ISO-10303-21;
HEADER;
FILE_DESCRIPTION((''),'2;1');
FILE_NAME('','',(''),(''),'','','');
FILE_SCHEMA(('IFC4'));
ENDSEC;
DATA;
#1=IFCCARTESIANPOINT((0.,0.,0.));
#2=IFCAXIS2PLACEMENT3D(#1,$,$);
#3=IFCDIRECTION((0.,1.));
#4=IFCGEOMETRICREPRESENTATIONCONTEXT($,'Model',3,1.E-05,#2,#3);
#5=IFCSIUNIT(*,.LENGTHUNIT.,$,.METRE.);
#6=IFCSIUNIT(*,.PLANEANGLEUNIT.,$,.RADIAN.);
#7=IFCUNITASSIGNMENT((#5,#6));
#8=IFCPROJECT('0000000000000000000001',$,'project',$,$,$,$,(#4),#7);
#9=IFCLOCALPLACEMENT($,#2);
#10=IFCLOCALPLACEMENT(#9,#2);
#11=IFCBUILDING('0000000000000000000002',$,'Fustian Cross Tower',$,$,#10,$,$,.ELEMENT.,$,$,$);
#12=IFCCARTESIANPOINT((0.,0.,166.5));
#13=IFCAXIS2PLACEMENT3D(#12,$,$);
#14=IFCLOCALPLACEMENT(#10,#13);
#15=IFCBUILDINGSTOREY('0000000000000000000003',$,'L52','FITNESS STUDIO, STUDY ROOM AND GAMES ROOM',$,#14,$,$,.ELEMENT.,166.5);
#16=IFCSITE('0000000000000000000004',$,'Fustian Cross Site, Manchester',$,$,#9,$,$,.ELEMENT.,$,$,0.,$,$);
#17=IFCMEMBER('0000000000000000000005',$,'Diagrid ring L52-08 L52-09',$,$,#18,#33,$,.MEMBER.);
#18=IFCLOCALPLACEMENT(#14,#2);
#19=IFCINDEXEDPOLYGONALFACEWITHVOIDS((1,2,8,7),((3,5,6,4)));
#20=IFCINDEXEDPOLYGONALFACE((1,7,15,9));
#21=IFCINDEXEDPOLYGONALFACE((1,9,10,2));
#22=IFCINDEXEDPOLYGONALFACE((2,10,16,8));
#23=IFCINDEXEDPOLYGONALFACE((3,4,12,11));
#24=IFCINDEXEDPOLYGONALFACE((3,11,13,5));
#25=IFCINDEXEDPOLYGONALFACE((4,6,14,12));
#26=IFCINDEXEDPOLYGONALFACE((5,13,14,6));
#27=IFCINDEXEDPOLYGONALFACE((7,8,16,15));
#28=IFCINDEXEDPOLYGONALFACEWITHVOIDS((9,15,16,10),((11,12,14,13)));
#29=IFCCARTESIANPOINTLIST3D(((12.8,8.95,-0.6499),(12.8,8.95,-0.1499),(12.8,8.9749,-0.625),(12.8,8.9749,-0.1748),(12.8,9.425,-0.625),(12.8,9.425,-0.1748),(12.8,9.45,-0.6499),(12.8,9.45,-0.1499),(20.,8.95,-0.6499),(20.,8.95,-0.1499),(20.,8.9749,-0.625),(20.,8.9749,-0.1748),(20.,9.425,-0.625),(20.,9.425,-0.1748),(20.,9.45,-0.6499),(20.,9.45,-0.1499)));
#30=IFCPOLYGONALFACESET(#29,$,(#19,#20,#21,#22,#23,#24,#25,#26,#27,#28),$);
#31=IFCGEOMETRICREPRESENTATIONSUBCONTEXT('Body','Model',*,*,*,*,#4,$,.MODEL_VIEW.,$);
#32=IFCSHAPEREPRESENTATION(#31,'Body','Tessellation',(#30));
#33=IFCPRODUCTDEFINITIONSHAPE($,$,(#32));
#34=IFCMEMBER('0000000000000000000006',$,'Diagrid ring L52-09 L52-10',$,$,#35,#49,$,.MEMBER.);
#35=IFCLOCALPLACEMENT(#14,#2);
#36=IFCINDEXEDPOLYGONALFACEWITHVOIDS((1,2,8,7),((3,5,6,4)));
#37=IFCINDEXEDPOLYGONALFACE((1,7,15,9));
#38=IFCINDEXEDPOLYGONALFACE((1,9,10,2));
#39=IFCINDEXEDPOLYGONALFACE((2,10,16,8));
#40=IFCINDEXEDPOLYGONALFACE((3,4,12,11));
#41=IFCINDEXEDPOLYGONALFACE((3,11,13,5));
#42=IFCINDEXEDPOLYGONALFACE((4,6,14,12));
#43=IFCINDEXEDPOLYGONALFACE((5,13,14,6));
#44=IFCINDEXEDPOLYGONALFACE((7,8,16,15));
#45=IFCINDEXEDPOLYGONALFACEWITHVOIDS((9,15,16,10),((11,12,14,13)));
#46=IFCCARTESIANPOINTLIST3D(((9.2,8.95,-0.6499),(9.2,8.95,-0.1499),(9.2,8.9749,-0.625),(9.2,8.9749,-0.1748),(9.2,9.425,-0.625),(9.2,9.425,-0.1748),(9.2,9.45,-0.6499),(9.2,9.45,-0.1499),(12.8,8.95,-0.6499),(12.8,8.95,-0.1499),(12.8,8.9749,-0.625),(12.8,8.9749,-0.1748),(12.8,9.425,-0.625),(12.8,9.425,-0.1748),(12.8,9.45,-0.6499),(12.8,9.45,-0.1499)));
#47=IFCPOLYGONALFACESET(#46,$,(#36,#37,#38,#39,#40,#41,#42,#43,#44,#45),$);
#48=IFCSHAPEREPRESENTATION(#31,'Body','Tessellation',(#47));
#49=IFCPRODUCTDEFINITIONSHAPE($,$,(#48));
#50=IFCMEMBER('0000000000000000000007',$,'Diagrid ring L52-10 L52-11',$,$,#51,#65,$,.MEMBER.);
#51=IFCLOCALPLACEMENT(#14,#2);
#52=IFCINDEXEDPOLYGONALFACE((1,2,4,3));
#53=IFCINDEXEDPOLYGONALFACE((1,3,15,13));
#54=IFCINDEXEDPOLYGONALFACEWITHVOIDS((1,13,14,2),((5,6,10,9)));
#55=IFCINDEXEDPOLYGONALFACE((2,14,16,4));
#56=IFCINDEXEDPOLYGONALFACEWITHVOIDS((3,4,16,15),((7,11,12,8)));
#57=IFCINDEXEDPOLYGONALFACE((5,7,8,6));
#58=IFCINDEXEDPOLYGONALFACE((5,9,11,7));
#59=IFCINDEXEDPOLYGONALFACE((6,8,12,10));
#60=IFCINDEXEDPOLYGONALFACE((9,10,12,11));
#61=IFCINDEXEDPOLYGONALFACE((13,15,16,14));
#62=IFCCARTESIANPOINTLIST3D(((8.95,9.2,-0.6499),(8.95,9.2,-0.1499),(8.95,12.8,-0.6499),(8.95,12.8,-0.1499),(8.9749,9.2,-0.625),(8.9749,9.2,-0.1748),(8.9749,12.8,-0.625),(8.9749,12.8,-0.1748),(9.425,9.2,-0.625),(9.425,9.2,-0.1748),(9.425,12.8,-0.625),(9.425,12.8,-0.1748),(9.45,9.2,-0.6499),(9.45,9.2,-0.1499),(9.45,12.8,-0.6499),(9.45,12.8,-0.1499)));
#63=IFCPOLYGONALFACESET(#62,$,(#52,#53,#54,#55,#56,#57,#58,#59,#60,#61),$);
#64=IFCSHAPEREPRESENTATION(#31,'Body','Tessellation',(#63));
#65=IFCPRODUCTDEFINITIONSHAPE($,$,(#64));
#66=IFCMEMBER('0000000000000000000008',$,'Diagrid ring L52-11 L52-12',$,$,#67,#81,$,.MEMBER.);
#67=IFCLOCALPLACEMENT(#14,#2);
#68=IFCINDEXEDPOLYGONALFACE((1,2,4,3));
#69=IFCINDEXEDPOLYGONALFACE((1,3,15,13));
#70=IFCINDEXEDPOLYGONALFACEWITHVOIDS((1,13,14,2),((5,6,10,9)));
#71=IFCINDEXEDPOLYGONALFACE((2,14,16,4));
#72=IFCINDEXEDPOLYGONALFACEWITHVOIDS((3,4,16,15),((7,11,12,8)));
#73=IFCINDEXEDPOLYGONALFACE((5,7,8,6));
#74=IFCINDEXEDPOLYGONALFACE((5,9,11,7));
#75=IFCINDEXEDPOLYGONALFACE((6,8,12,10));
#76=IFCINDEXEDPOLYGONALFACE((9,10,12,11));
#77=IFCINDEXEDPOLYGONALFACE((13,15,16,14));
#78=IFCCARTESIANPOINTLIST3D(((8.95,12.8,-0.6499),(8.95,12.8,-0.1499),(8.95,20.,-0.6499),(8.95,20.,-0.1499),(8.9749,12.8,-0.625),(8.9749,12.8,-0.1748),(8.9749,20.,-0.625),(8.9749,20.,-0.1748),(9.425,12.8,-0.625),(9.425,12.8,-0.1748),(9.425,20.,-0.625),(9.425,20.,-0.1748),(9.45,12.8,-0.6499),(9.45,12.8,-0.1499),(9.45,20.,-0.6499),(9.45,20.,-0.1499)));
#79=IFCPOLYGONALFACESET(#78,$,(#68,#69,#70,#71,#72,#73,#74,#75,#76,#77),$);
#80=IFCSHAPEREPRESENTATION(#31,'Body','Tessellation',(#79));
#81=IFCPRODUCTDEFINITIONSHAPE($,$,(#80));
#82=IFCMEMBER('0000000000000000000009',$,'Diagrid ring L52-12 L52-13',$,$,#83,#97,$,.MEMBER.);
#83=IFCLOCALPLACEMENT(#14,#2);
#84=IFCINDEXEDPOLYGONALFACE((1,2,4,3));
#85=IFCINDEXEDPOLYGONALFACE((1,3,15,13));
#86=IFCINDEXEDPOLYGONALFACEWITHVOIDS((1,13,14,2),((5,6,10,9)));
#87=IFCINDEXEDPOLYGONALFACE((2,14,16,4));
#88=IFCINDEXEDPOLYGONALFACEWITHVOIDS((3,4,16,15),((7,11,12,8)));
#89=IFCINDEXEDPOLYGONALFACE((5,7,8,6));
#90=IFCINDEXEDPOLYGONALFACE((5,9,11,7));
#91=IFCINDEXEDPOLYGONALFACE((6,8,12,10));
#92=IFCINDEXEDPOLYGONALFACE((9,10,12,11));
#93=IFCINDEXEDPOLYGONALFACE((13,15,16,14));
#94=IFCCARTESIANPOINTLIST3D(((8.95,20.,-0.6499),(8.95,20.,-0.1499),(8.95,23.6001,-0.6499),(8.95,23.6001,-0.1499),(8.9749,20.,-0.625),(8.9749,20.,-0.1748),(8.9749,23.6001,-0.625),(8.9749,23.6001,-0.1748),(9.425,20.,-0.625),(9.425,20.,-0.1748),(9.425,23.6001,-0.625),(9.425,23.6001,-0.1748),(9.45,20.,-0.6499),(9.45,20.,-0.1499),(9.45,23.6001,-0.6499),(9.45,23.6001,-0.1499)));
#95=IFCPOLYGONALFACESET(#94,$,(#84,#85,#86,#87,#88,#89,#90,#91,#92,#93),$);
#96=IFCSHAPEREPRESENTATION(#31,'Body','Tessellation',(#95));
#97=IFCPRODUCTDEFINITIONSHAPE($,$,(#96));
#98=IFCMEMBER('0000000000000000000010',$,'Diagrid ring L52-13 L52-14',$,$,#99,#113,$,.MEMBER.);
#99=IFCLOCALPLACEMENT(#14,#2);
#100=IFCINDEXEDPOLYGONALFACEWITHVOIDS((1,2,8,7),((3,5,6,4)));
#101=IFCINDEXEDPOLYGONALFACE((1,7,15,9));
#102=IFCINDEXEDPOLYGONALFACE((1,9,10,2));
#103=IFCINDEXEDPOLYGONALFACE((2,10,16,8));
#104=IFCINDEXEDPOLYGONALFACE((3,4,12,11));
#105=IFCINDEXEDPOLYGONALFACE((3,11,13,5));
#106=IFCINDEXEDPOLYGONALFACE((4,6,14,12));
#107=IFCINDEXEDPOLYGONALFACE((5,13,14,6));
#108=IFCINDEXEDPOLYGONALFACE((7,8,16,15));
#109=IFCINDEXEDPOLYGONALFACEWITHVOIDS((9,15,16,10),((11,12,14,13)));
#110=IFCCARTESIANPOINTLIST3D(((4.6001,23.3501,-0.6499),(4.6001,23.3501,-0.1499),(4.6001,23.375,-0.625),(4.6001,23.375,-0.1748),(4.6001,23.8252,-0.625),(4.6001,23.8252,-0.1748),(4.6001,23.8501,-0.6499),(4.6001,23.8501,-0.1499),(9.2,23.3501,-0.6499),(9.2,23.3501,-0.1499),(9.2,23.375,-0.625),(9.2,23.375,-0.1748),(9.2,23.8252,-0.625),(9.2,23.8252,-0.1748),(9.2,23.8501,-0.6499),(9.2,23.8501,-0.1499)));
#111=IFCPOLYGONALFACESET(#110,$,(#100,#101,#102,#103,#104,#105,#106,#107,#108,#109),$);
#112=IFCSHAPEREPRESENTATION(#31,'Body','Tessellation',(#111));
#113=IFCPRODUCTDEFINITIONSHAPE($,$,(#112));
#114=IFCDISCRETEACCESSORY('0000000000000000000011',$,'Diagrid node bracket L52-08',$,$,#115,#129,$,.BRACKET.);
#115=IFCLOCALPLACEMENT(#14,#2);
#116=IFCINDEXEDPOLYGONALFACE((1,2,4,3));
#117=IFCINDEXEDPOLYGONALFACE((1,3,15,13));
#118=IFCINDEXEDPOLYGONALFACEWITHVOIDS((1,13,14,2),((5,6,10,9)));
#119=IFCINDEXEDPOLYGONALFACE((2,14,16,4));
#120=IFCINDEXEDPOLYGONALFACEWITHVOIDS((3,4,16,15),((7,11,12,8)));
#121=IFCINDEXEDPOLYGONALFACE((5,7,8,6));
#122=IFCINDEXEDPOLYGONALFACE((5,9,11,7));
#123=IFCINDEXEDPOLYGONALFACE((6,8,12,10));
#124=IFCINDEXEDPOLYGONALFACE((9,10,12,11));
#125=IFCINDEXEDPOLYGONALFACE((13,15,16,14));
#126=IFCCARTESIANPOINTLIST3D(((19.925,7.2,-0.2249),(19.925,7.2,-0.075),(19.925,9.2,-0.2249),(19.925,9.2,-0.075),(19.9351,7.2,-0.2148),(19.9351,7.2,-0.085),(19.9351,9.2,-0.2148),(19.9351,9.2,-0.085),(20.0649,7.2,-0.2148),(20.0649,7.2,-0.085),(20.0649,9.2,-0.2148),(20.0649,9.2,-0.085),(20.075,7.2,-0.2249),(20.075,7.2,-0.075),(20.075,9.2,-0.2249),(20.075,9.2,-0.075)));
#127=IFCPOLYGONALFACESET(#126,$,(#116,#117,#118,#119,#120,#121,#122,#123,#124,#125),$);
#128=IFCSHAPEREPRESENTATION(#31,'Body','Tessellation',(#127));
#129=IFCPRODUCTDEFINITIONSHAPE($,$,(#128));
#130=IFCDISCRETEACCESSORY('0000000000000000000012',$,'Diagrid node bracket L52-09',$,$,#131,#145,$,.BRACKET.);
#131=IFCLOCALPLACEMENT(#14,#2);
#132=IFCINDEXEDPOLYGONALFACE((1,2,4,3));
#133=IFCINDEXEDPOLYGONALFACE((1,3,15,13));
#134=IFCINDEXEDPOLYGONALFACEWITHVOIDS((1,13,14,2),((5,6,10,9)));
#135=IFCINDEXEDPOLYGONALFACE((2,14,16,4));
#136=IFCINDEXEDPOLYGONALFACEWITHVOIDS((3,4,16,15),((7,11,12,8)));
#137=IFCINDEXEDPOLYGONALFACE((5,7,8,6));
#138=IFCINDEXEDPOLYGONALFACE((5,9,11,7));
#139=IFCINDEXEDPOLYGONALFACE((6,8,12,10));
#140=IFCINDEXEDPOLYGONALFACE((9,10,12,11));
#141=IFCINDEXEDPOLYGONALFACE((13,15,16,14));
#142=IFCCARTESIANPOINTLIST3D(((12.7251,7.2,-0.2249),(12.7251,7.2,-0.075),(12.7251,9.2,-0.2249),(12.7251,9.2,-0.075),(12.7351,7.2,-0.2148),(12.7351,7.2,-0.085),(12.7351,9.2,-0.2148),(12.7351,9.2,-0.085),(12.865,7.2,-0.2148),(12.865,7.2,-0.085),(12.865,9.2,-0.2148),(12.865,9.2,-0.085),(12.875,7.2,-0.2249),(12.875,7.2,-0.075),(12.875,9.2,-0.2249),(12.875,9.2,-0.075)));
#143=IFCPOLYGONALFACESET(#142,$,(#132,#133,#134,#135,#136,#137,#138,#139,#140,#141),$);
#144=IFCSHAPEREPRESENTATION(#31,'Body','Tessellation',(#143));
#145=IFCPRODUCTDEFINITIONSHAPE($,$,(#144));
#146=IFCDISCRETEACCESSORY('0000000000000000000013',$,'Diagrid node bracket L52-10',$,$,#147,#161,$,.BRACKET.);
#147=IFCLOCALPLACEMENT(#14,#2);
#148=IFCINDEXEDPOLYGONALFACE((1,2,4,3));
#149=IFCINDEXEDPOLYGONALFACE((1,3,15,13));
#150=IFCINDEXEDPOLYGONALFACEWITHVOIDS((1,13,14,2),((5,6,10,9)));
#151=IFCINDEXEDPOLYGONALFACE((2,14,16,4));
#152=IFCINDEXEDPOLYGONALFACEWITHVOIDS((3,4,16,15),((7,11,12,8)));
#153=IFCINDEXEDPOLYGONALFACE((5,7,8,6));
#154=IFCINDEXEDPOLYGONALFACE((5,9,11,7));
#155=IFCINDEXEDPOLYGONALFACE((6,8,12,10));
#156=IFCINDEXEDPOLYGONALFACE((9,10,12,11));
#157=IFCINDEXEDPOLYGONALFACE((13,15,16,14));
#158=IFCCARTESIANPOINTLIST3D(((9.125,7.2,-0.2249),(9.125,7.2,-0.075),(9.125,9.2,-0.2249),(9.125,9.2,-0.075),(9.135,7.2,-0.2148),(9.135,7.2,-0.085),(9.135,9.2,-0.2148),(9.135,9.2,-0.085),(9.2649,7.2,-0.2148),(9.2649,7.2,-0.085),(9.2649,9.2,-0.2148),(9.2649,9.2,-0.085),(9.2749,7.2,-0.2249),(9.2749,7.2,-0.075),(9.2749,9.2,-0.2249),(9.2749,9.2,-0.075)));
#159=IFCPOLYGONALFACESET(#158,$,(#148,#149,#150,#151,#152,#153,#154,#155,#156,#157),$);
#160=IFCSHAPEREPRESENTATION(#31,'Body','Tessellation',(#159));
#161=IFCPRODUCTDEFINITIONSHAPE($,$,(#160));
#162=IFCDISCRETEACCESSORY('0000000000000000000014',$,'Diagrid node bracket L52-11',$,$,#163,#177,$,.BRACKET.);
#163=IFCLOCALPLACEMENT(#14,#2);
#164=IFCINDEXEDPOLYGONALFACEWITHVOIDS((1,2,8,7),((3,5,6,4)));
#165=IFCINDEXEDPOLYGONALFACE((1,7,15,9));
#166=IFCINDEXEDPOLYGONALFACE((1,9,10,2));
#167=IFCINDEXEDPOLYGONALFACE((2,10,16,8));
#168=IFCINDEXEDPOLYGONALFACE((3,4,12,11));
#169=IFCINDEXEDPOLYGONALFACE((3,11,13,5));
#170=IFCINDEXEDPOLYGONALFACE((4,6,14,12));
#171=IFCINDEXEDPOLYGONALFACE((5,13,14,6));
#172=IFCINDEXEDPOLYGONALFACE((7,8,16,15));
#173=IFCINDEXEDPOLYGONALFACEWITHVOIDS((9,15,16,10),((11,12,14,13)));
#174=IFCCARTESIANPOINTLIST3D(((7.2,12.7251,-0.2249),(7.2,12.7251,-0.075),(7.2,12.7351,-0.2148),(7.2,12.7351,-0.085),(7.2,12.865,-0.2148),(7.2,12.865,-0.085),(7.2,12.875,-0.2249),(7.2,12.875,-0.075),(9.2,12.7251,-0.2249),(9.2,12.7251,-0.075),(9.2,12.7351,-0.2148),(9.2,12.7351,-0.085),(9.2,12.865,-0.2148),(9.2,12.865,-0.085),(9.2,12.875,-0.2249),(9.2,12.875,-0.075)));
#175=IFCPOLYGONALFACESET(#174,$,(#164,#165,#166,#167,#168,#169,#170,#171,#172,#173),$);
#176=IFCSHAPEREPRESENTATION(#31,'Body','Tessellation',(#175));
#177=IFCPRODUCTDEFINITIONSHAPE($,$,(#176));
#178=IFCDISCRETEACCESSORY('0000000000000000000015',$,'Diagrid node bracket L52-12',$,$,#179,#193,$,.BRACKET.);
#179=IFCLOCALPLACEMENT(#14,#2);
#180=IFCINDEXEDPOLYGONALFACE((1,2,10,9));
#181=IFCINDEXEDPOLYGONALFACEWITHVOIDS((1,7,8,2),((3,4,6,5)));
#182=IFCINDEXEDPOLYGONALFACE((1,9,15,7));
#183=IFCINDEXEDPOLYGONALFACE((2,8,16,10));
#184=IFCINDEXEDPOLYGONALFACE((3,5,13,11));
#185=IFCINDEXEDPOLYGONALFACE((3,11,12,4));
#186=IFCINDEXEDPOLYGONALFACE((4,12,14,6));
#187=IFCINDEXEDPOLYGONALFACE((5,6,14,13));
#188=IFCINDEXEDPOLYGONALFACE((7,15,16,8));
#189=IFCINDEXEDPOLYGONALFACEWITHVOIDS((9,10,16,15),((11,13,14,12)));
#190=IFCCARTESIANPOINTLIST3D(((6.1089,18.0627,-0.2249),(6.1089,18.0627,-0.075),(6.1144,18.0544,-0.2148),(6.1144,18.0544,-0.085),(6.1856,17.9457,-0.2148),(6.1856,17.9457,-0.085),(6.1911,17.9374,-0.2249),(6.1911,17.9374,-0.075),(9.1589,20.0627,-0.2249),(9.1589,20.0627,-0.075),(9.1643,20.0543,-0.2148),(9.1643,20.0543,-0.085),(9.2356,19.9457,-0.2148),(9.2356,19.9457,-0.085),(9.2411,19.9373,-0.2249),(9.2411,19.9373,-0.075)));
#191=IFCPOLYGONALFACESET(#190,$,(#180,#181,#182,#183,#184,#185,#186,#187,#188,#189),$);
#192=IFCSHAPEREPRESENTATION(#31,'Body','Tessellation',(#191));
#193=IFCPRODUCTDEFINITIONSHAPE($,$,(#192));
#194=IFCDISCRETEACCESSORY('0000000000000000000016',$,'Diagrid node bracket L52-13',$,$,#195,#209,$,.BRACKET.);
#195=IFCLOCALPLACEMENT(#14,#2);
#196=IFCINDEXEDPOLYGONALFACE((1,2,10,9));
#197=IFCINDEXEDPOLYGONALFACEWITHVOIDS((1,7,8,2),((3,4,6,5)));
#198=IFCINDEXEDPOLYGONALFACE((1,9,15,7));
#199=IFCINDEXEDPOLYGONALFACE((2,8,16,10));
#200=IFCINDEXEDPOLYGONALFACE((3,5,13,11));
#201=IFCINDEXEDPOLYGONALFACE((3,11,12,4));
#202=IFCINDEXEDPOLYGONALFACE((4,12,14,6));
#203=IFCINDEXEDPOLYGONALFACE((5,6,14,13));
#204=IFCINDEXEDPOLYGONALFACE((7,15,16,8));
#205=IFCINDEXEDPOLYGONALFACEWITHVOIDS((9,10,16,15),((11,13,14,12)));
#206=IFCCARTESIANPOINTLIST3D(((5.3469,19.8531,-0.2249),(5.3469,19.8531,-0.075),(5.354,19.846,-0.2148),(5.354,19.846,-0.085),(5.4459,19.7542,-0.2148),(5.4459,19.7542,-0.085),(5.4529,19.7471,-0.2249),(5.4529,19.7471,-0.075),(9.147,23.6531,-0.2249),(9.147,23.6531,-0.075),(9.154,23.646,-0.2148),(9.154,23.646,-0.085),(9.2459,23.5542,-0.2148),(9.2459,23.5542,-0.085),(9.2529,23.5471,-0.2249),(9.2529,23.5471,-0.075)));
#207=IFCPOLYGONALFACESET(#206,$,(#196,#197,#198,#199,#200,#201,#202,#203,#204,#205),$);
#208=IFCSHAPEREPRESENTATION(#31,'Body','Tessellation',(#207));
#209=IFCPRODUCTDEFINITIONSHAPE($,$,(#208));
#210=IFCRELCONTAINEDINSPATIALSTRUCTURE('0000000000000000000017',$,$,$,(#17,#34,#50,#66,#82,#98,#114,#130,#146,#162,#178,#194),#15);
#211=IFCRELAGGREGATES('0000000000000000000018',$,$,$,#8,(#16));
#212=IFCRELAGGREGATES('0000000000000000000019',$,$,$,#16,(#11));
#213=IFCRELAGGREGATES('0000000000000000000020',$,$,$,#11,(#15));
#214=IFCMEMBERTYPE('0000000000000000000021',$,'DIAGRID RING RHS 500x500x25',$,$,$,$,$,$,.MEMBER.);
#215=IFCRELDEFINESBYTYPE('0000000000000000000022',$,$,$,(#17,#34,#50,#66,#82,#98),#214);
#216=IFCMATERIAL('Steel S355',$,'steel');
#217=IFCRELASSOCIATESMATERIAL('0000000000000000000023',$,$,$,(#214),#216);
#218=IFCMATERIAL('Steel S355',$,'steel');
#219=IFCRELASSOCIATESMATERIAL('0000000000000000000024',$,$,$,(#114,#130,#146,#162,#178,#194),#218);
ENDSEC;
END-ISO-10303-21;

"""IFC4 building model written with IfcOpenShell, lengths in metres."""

from ifc_helpers import new_model, si_unit, direction, frame, origin, origin_2d, place, context, subcontext, project, spatial, hollow_rectangle, extrude, material, material_profile, profile_set, type_object, element, save


model = new_model("IFC4")

# Units and contexts
model_context = context("Model", 3, precision=1e-05, world=origin(), true_north=direction((0.0, 1.0)))
body_context = subcontext(model_context, "Body", "Model", "MODEL_VIEW")
ifc_project = project(units=[si_unit("LENGTHUNIT", "METRE"), si_unit("PLANEANGLEUNIT", "RADIAN")], contexts=[model_context])

# Site, building, storey
site_placement = place(None, origin())
site = spatial("IfcSite", under=ifc_project, at=site_placement, Name="Fustian Cross Site, Manchester", CompositionType="ELEMENT", RefElevation=0.0)
building_placement = place(site_placement, origin())
building = spatial("IfcBuilding", under=site, at=building_placement, Name="Fustian Cross Tower", CompositionType="ELEMENT")
storey_placement = place(building_placement, frame((0.0, 0.0, 166.5)))
storey = spatial("IfcBuildingStorey", under=building, at=storey_placement, Name="L52", Description="FITNESS STUDIO, STUDY ROOM AND GAMES ROOM", CompositionType="ELEMENT", Elevation=166.5)

# Members
ifc_material_1 = material(Name="Steel S355", Category="steel")
ifc_material_profile_1 = material_profile(ifc_material_1, hollow_rectangle(XDim=0.5, YDim=0.5, WallThickness=0.0249, at=origin_2d()), Name="RHS 500x500x25")
ifc_profile_set_1 = profile_set([ifc_material_profile_1], Name="Steel S355")
member_type_1 = type_object("IfcMemberType", Name="DIAGRID RING RHS 500x500x25", PredefinedType="MEMBER", material=ifc_profile_set_1)
member_1_placement = place(storey_placement, frame((20.0, 9.2, -0.3999), z_axis=(-1.0, 0.0, 0.0), x_axis=(0.0, -1.0, 0.0)))
element("IfcMember", 1, at=member_1_placement, inside=storey, type_object=member_type_1, Name="Diagrid ring L52-08 L52-09", PredefinedType="MEMBER", context=body_context, shape_type="SweptSolid", body=[
    extrude(hollow_rectangle(XDim=0.5, YDim=0.5, WallThickness=0.0249, at=origin_2d()), origin(), (0.0, 0.0, 1.0), 7.2),
])
for number, where, z_axis, x_axis, name in (
    (2, (12.8, 9.2, -0.3999), (-1.0, 0.0, 0.0), (0.0, -1.0, 0.0), "Diagrid ring L52-09 L52-10"),
    (3, (9.2, 9.2, -0.3999), (0.0, 1.0, 0.0), (-1.0, 0.0, 0.0), "Diagrid ring L52-10 L52-11"),
):
    element("IfcMember", number, at=place(storey_placement, frame(where, z_axis=z_axis, x_axis=x_axis)), inside=storey, type_object=member_type_1, Name=name, PredefinedType="MEMBER", context=body_context, shape_type="SweptSolid", body=[
        extrude(hollow_rectangle(XDim=0.5, YDim=0.5, WallThickness=0.0249, at=origin_2d()), origin(), (0.0, 0.0, 1.0), 3.6001),
    ])
member_2_placement = place(storey_placement, frame((9.2, 12.8, -0.3999), z_axis=(0.0, 1.0, 0.0), x_axis=(-1.0, 0.0, 0.0)))
element("IfcMember", 4, at=member_2_placement, inside=storey, type_object=member_type_1, Name="Diagrid ring L52-11 L52-12", PredefinedType="MEMBER", context=body_context, shape_type="SweptSolid", body=[
    extrude(hollow_rectangle(XDim=0.5, YDim=0.5, WallThickness=0.0249, at=origin_2d()), origin(), (0.0, 0.0, 1.0), 7.2),
])
member_3_placement = place(storey_placement, frame((9.2, 20.0, -0.3999), z_axis=(0.0, 1.0, 0.0), x_axis=(-1.0, 0.0, 0.0)))
element("IfcMember", 5, at=member_3_placement, inside=storey, type_object=member_type_1, Name="Diagrid ring L52-12 L52-13", PredefinedType="MEMBER", context=body_context, shape_type="SweptSolid", body=[
    extrude(hollow_rectangle(XDim=0.5, YDim=0.5, WallThickness=0.0249, at=origin_2d()), origin(), (0.0, 0.0, 1.0), 3.6001),
])
member_4_placement = place(storey_placement, frame((9.2, 23.6001, -0.3999), z_axis=(-1.0, 0.0, 0.0), x_axis=(0.0, -1.0, 0.0)))
element("IfcMember", 6, at=member_4_placement, inside=storey, type_object=member_type_1, Name="Diagrid ring L52-13 L52-14", PredefinedType="MEMBER", context=body_context, shape_type="SweptSolid", body=[
    extrude(hollow_rectangle(XDim=0.5, YDim=0.5, WallThickness=0.0249, at=origin_2d()), origin(), (0.0, 0.0, 1.0), 4.5999),
])

# Discrete accessories
ifc_material_2 = material(Name="Steel S355", Category="steel")
for number, where, z_axis, x_axis, name in (
    (7, (20.0, 9.2, -0.1499), (0.0, -1.0, 0.0), (1.0, 0.0, 0.0), "Diagrid node bracket L52-08"),
    (8, (12.8, 9.2, -0.1499), (0.0, -1.0, 0.0), (1.0, 0.0, 0.0), "Diagrid node bracket L52-09"),
    (9, (9.2, 9.2, -0.1499), (0.0, -1.0, 0.0), (1.0, 0.0, 0.0), "Diagrid node bracket L52-10"),
    (10, (9.2, 12.8, -0.1499), (-1.0, 0.0, 0.0), (0.0, -1.0, 0.0), "Diagrid node bracket L52-11"),
):
    element("IfcDiscreteAccessory", number, at=place(storey_placement, frame(where, z_axis=z_axis, x_axis=x_axis)), inside=storey, material=ifc_material_2, Name=name, PredefinedType="BRACKET", context=body_context, shape_type="SweptSolid", body=[
        extrude(hollow_rectangle(XDim=0.1499, YDim=0.1499, WallThickness=0.01, at=origin_2d()), origin(), (0.0, 0.0, 1.0), 2.0),
    ])
discrete_accessory_1_placement = place(storey_placement, frame((9.2, 20.0, -0.1499), z_axis=(-0.836248, -0.548351, 0.0), x_axis=(0.548351, -0.836248, 0.0)))
element("IfcDiscreteAccessory", 11, at=discrete_accessory_1_placement, inside=storey, material=ifc_material_2, Name="Diagrid node bracket L52-12", PredefinedType="BRACKET", context=body_context, shape_type="SweptSolid", body=[
    extrude(hollow_rectangle(XDim=0.1499, YDim=0.1499, WallThickness=0.01, at=origin_2d()), origin(), (0.0, 0.0, 1.0), 3.6472),
])
discrete_accessory_2_placement = place(storey_placement, frame((9.2, 23.6001, -0.1499), z_axis=(-0.707107, -0.707107, 0.0), x_axis=(0.707107, -0.707107, 0.0)))
element("IfcDiscreteAccessory", 12, at=discrete_accessory_2_placement, inside=storey, material=ifc_material_2, Name="Diagrid node bracket L52-13", PredefinedType="BRACKET", context=body_context, shape_type="SweptSolid", body=[
    extrude(hollow_rectangle(XDim=0.1499, YDim=0.1499, WallThickness=0.01, at=origin_2d()), origin(), (0.0, 0.0, 1.0), 5.374),
])

save(model, "model.ifc")
